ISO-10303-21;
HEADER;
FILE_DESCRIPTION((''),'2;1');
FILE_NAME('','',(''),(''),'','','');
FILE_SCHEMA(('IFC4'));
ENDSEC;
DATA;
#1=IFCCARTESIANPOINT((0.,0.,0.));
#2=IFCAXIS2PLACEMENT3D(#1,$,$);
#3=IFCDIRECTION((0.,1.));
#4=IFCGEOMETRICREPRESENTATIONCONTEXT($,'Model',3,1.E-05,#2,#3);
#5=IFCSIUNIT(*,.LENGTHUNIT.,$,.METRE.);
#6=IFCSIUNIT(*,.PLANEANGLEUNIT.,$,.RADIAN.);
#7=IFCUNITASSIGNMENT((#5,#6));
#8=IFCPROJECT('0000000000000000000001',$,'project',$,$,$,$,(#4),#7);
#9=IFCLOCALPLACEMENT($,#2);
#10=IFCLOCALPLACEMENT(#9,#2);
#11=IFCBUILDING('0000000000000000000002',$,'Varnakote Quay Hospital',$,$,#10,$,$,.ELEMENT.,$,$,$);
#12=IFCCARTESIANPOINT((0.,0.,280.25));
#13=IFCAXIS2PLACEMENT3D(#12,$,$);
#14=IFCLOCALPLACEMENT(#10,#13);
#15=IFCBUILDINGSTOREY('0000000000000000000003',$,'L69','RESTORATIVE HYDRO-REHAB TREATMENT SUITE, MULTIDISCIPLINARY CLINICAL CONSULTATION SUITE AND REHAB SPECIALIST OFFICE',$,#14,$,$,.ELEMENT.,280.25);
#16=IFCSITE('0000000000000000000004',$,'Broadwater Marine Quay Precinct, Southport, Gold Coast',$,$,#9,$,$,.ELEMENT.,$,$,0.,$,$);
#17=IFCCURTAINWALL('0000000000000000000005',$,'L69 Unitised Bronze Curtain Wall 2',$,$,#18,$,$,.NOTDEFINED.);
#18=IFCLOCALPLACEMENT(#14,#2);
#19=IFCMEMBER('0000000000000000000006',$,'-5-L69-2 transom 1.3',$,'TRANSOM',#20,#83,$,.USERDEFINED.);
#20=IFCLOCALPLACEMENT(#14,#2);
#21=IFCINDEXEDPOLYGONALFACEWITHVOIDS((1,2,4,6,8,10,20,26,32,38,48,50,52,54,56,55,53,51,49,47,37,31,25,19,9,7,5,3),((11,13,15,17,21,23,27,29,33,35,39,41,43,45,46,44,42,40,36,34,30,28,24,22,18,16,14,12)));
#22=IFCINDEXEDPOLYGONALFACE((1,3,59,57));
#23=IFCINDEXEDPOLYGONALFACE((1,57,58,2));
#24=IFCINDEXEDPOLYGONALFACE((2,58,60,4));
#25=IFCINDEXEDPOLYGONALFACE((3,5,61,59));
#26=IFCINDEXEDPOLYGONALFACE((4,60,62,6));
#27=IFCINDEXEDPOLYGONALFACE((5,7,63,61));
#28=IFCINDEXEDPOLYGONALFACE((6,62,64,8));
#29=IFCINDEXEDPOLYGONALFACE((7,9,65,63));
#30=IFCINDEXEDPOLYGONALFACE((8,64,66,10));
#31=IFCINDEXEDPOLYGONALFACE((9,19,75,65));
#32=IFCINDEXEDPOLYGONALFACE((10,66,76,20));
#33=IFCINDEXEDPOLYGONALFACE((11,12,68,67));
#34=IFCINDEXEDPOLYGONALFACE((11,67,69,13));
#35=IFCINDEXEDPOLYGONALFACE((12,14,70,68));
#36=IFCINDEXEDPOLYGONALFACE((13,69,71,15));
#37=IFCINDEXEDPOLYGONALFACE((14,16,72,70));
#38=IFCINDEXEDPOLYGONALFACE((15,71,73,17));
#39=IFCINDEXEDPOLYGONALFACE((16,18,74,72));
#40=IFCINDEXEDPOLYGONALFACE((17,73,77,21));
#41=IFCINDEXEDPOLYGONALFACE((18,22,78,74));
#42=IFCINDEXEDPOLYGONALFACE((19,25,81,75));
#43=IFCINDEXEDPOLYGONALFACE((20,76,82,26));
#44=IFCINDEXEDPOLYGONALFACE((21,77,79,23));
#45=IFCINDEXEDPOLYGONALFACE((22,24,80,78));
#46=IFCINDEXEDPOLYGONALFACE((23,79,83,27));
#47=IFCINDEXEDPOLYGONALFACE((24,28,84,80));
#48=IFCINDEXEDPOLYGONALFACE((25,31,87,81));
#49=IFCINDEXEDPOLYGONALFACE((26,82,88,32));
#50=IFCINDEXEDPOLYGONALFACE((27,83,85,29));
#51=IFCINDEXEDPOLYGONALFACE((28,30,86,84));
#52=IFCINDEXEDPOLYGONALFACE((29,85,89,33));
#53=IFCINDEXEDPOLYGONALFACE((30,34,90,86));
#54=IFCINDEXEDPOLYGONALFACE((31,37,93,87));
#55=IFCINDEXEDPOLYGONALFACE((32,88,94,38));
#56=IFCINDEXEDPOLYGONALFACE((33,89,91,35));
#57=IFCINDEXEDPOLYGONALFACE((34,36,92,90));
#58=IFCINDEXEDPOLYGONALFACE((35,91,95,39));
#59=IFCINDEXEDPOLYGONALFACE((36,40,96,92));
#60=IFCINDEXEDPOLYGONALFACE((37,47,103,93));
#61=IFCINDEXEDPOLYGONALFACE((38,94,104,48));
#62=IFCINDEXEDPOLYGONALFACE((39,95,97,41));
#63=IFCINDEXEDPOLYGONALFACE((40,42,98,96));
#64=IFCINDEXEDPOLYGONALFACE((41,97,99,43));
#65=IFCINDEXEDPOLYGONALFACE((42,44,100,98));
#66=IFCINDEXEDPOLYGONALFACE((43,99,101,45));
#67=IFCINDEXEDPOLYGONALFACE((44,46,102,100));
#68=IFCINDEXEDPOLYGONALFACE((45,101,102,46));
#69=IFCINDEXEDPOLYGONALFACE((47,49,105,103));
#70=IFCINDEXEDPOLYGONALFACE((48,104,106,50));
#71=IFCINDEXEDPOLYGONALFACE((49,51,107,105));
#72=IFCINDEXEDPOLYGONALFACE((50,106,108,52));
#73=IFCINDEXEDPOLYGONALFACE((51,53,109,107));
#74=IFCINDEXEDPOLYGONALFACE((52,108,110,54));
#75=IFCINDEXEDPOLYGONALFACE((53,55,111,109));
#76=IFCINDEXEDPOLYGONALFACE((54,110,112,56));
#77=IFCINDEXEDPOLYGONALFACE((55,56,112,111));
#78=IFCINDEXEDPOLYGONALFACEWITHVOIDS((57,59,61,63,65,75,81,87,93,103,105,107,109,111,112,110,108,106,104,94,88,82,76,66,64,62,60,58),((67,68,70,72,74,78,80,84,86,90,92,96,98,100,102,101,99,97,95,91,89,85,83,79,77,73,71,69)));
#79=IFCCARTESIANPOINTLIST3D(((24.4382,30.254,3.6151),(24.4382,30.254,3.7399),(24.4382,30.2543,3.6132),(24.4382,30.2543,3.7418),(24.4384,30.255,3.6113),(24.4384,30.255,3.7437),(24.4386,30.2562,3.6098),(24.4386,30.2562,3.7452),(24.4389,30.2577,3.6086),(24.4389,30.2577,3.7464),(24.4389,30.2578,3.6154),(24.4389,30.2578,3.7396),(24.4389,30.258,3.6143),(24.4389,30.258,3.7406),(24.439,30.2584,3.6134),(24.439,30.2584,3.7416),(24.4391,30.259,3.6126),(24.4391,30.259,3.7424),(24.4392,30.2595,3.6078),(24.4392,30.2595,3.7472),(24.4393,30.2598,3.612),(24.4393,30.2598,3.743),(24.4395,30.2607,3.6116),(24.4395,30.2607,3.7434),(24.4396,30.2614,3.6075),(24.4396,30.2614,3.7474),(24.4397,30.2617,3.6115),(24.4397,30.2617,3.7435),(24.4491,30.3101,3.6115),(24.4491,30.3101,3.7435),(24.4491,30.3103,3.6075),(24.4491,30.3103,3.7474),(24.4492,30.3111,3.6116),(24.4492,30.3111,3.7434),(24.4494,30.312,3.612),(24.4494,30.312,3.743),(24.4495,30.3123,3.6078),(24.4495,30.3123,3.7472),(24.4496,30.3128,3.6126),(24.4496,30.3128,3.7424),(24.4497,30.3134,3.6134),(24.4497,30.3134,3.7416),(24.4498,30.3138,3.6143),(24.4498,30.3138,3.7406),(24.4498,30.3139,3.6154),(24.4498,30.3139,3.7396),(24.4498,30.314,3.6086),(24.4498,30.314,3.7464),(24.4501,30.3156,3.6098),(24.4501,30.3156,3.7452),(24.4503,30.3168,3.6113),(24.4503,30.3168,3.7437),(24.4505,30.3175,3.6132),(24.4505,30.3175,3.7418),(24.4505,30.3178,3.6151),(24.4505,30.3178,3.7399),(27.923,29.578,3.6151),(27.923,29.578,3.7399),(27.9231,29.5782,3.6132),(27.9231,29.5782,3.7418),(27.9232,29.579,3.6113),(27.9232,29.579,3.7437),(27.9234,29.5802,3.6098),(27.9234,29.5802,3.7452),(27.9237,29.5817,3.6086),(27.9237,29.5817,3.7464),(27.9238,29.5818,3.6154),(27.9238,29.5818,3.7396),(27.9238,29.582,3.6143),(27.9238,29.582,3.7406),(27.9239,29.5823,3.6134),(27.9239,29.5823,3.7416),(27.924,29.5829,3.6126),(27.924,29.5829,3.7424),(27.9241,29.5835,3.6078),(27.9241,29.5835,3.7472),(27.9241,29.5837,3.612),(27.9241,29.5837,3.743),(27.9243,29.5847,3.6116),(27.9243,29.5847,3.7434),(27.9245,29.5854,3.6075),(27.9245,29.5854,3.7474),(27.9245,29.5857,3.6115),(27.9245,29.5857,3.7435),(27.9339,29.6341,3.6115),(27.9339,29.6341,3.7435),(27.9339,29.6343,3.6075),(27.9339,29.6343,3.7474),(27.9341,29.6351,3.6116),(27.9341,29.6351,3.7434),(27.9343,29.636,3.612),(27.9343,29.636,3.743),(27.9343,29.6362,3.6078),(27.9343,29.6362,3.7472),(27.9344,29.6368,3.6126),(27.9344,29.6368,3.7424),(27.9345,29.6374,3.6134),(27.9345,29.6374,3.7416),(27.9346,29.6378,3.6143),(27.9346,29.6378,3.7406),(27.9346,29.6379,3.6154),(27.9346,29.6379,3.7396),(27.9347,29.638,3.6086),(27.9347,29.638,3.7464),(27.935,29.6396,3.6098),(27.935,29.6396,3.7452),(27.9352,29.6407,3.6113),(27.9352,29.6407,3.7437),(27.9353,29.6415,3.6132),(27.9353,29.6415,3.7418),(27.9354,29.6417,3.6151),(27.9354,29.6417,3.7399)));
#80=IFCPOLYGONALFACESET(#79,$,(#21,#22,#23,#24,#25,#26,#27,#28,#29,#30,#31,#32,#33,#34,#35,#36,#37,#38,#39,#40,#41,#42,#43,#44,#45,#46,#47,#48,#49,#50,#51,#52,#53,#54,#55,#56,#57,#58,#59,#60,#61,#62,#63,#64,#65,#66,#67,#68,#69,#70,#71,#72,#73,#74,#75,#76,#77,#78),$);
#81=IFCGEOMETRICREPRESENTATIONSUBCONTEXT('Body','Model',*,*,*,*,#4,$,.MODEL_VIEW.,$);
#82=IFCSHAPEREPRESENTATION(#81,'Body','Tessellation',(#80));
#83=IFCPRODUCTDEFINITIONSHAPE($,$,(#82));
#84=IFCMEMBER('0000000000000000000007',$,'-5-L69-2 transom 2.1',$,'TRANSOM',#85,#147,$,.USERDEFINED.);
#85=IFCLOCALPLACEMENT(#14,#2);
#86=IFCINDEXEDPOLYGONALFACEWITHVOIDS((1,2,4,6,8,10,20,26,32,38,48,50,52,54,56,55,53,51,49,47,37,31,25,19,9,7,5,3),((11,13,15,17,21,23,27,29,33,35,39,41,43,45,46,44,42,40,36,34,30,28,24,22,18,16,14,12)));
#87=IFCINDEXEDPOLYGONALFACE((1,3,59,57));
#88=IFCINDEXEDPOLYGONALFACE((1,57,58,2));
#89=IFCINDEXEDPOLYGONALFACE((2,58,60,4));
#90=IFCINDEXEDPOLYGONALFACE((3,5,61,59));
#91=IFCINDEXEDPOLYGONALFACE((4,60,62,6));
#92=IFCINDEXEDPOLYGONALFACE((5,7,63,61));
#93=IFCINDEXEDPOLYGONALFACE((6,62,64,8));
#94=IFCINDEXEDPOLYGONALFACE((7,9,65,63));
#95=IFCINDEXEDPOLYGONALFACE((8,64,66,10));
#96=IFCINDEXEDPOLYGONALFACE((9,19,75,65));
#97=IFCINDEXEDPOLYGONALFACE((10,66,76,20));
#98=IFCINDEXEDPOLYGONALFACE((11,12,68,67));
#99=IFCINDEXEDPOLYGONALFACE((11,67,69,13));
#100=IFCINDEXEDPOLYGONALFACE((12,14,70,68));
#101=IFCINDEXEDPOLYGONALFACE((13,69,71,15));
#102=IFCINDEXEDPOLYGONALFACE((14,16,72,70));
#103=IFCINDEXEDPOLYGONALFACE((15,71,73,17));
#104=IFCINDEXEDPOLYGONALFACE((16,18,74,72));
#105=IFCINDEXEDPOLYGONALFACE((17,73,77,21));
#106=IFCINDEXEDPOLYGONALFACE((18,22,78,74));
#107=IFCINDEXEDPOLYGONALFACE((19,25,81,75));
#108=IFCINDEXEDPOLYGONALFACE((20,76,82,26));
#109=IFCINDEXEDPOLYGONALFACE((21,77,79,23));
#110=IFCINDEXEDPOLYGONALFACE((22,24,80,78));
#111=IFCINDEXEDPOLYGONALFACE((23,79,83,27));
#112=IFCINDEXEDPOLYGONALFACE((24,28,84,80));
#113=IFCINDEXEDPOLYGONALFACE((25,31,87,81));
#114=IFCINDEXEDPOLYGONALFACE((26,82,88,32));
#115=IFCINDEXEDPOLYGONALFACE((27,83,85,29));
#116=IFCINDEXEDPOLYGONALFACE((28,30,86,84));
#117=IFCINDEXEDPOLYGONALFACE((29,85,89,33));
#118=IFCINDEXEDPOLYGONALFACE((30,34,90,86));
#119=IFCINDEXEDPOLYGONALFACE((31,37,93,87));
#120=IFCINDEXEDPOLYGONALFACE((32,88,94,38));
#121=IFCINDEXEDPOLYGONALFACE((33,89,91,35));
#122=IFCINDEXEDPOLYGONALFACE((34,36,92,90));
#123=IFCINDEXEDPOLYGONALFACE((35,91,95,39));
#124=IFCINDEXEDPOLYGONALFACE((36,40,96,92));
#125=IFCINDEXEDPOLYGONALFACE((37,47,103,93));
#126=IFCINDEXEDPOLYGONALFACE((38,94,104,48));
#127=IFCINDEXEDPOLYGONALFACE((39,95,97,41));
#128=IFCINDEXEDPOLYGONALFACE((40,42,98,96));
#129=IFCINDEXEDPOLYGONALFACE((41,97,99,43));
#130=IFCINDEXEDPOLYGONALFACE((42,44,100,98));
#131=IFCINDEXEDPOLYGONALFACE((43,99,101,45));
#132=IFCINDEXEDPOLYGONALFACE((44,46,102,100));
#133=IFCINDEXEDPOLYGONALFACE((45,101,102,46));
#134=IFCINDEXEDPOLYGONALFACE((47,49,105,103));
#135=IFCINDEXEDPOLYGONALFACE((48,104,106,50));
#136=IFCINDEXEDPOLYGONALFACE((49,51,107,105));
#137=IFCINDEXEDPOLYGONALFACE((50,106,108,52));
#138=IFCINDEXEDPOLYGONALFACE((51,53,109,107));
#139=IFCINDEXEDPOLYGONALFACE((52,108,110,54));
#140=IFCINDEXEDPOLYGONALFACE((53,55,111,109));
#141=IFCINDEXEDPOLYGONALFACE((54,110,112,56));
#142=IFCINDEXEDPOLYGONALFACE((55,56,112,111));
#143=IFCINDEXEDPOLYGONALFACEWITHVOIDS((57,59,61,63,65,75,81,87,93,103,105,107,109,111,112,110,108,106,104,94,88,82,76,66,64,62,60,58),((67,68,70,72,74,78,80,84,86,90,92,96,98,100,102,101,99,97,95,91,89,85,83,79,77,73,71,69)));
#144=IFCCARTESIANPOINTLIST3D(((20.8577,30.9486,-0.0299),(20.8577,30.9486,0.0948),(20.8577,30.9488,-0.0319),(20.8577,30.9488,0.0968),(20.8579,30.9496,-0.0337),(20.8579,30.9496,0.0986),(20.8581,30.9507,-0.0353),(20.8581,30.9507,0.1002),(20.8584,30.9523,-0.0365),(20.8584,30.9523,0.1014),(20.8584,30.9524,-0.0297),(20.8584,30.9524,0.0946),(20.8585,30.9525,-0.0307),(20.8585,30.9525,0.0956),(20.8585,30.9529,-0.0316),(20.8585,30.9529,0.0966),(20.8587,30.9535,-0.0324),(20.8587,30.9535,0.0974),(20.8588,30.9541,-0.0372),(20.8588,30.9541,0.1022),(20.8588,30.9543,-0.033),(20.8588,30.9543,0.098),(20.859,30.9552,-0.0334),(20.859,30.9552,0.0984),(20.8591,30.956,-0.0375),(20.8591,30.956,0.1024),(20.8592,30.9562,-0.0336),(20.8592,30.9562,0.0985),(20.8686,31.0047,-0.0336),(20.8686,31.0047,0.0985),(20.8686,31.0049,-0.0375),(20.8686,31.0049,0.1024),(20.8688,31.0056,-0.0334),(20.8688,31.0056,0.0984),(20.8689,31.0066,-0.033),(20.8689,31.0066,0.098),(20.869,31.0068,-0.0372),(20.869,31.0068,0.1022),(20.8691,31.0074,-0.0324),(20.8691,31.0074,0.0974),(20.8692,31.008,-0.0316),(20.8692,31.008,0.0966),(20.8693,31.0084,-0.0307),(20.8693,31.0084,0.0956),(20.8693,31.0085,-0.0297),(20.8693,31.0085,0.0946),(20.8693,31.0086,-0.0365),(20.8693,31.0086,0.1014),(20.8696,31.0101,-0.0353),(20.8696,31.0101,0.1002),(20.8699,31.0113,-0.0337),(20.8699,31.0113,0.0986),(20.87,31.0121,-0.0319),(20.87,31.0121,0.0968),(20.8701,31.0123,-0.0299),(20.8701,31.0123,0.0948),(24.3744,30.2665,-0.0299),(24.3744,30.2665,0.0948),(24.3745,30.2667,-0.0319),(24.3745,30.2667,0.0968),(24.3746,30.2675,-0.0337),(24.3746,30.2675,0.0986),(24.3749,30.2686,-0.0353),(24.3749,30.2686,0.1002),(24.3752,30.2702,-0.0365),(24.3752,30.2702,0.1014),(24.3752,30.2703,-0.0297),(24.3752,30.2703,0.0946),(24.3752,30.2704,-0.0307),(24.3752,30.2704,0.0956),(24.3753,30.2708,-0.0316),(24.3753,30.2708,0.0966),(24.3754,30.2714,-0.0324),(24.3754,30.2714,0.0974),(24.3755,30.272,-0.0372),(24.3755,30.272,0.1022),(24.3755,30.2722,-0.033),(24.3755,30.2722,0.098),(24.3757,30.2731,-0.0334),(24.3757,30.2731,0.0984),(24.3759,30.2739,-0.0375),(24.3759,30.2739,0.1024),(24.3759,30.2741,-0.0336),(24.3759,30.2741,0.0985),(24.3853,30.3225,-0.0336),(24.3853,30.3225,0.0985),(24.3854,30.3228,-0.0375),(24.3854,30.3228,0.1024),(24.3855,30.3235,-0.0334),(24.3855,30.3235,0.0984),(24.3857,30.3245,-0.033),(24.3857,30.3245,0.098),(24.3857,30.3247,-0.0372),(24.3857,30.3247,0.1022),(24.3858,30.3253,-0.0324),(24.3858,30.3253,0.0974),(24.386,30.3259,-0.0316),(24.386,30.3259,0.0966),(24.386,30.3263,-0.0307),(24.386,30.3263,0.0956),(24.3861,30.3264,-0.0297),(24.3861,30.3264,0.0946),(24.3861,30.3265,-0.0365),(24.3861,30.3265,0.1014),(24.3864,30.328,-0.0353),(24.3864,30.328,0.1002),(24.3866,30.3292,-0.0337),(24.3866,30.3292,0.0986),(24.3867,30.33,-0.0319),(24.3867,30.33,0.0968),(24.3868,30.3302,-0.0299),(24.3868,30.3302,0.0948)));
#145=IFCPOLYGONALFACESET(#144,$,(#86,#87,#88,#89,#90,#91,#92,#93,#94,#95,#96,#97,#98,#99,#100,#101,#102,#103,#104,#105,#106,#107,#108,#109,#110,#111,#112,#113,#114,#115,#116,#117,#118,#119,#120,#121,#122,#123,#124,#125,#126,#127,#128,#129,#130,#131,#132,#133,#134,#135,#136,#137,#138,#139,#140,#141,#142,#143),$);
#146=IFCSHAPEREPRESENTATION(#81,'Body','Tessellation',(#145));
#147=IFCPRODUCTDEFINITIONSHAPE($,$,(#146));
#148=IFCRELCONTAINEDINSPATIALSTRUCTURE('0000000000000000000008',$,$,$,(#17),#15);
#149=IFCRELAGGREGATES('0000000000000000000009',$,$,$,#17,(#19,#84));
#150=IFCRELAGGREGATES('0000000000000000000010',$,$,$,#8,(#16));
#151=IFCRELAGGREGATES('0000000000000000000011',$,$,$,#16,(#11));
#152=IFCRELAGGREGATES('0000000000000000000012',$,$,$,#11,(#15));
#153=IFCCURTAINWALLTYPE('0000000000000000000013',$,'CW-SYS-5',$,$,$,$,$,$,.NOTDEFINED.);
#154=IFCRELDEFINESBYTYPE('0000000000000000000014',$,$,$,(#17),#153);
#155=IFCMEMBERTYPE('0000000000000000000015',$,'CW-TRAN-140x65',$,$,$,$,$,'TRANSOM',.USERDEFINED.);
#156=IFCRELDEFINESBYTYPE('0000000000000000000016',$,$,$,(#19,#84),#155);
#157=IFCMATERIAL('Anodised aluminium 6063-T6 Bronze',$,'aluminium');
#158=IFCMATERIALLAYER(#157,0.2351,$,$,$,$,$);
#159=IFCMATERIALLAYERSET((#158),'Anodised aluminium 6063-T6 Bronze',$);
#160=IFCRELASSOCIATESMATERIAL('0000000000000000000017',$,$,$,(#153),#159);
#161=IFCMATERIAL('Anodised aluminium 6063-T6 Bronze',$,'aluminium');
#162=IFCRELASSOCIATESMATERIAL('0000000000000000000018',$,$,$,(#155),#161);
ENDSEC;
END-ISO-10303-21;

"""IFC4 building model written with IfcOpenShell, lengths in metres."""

from ifc_helpers import new_model, si_unit, direction, frame, origin, origin_2d, place, context, subcontext, project, spatial, hollow_rectangle, extrude, material, layer, layer_set, material_profile, profile_set, type_object, element, aggregate, save


model = new_model("IFC4")

# Units and contexts
model_context = context("Model", 3, precision=1e-05, world=origin(), true_north=direction((0.0, 1.0)))
body_context = subcontext(model_context, "Body", "Model", "MODEL_VIEW")
ifc_project = project(units=[si_unit("LENGTHUNIT", "METRE"), si_unit("PLANEANGLEUNIT", "RADIAN")], contexts=[model_context])

# Site, building, storey
site_placement = place(None, origin())
site = spatial("IfcSite", under=ifc_project, at=site_placement, Name="Broadwater Marine Quay Precinct, Southport, Gold Coast", CompositionType="ELEMENT", RefElevation=0.0)
building_placement = place(site_placement, origin())
building = spatial("IfcBuilding", under=site, at=building_placement, Name="Varnakote Quay Hospital", CompositionType="ELEMENT")
storey_placement = place(building_placement, frame((0.0, 0.0, 280.25)))
storey = spatial("IfcBuildingStorey", under=building, at=storey_placement, Name="L69", Description="RESTORATIVE HYDRO-REHAB TREATMENT SUITE, MULTIDISCIPLINARY CLINICAL CONSULTATION SUITE AND REHAB SPECIALIST OFFICE", CompositionType="ELEMENT", Elevation=280.25)

# Shared definitions
ifc_material_1 = material(Name="Anodised aluminium 6063-T6 Bronze", Category="aluminium")
ifc_layer_1 = layer(ifc_material_1, 0.2351)
ifc_layer_set_1 = layer_set([ifc_layer_1], Name="Anodised aluminium 6063-T6 Bronze")
curtain_wall_type = type_object("IfcCurtainWallType", Name="CW-SYS-5", PredefinedType="NOTDEFINED", material=ifc_layer_set_1)

# Curtain wall, members
curtain_wall_1_placement = place(storey_placement, origin())
curtain_wall_1 = element("IfcCurtainWall", 1, at=curtain_wall_1_placement, inside=storey, type_object=curtain_wall_type, Name="L69 Unitised Bronze Curtain Wall 2", PredefinedType="NOTDEFINED")
ifc_material_2 = material(Name="Anodised aluminium 6063-T6 Bronze", Category="aluminium")
ifc_material_profile_1 = material_profile(ifc_material_2, hollow_rectangle(XDim=0.0649, YDim=0.1399, WallThickness=0.0039, InnerFilletRadius=0.0039, OuterFilletRadius=0.0076, at=origin_2d()), Name="CW-TRAN-140x65")
ifc_profile_set_1 = profile_set([ifc_material_profile_1], Name="Anodised aluminium 6063-T6 Bronze")
member_type_1 = type_object("IfcMemberType", Name="CW-TRAN-140x65", ElementType="TRANSOM", PredefinedType="USERDEFINED", material=ifc_profile_set_1)
member_1_placement = place(storey_placement, frame((27.9292, 29.6099, 3.6775), z_axis=(-0.981699, 0.190439, 0.0), x_axis=(-0.190439, -0.981699, 0.0)))
member_1 = element("IfcMember", 2, at=member_1_placement, type_object=member_type_1, Name="-5-L69-2 transom 1.3", ObjectType="TRANSOM", PredefinedType="USERDEFINED", context=body_context, shape_type="SweptSolid", body=[
    extrude(hollow_rectangle(XDim=0.0649, YDim=0.1399, WallThickness=0.0039, InnerFilletRadius=0.0039, OuterFilletRadius=0.0076, at=origin_2d()), origin(), (0.0, 0.0, 1.0), 3.5498),
])
member_2_placement = place(storey_placement, frame((24.3806, 30.2983, 0.0325), z_axis=(-0.981704, 0.190412, 0.0), x_axis=(-0.190412, -0.981704, 0.0)))
member_2 = element("IfcMember", 3, at=member_2_placement, type_object=member_type_1, Name="-5-L69-2 transom 2.1", ObjectType="TRANSOM", PredefinedType="USERDEFINED", context=body_context, shape_type="SweptSolid", body=[
    extrude(hollow_rectangle(XDim=0.0649, YDim=0.1399, WallThickness=0.0039, InnerFilletRadius=0.0039, OuterFilletRadius=0.0076, at=origin_2d()), origin(), (0.0, 0.0, 1.0), 3.5823),
])

aggregate(curtain_wall_1, [member_1, member_2])

save(model, "model.ifc")
